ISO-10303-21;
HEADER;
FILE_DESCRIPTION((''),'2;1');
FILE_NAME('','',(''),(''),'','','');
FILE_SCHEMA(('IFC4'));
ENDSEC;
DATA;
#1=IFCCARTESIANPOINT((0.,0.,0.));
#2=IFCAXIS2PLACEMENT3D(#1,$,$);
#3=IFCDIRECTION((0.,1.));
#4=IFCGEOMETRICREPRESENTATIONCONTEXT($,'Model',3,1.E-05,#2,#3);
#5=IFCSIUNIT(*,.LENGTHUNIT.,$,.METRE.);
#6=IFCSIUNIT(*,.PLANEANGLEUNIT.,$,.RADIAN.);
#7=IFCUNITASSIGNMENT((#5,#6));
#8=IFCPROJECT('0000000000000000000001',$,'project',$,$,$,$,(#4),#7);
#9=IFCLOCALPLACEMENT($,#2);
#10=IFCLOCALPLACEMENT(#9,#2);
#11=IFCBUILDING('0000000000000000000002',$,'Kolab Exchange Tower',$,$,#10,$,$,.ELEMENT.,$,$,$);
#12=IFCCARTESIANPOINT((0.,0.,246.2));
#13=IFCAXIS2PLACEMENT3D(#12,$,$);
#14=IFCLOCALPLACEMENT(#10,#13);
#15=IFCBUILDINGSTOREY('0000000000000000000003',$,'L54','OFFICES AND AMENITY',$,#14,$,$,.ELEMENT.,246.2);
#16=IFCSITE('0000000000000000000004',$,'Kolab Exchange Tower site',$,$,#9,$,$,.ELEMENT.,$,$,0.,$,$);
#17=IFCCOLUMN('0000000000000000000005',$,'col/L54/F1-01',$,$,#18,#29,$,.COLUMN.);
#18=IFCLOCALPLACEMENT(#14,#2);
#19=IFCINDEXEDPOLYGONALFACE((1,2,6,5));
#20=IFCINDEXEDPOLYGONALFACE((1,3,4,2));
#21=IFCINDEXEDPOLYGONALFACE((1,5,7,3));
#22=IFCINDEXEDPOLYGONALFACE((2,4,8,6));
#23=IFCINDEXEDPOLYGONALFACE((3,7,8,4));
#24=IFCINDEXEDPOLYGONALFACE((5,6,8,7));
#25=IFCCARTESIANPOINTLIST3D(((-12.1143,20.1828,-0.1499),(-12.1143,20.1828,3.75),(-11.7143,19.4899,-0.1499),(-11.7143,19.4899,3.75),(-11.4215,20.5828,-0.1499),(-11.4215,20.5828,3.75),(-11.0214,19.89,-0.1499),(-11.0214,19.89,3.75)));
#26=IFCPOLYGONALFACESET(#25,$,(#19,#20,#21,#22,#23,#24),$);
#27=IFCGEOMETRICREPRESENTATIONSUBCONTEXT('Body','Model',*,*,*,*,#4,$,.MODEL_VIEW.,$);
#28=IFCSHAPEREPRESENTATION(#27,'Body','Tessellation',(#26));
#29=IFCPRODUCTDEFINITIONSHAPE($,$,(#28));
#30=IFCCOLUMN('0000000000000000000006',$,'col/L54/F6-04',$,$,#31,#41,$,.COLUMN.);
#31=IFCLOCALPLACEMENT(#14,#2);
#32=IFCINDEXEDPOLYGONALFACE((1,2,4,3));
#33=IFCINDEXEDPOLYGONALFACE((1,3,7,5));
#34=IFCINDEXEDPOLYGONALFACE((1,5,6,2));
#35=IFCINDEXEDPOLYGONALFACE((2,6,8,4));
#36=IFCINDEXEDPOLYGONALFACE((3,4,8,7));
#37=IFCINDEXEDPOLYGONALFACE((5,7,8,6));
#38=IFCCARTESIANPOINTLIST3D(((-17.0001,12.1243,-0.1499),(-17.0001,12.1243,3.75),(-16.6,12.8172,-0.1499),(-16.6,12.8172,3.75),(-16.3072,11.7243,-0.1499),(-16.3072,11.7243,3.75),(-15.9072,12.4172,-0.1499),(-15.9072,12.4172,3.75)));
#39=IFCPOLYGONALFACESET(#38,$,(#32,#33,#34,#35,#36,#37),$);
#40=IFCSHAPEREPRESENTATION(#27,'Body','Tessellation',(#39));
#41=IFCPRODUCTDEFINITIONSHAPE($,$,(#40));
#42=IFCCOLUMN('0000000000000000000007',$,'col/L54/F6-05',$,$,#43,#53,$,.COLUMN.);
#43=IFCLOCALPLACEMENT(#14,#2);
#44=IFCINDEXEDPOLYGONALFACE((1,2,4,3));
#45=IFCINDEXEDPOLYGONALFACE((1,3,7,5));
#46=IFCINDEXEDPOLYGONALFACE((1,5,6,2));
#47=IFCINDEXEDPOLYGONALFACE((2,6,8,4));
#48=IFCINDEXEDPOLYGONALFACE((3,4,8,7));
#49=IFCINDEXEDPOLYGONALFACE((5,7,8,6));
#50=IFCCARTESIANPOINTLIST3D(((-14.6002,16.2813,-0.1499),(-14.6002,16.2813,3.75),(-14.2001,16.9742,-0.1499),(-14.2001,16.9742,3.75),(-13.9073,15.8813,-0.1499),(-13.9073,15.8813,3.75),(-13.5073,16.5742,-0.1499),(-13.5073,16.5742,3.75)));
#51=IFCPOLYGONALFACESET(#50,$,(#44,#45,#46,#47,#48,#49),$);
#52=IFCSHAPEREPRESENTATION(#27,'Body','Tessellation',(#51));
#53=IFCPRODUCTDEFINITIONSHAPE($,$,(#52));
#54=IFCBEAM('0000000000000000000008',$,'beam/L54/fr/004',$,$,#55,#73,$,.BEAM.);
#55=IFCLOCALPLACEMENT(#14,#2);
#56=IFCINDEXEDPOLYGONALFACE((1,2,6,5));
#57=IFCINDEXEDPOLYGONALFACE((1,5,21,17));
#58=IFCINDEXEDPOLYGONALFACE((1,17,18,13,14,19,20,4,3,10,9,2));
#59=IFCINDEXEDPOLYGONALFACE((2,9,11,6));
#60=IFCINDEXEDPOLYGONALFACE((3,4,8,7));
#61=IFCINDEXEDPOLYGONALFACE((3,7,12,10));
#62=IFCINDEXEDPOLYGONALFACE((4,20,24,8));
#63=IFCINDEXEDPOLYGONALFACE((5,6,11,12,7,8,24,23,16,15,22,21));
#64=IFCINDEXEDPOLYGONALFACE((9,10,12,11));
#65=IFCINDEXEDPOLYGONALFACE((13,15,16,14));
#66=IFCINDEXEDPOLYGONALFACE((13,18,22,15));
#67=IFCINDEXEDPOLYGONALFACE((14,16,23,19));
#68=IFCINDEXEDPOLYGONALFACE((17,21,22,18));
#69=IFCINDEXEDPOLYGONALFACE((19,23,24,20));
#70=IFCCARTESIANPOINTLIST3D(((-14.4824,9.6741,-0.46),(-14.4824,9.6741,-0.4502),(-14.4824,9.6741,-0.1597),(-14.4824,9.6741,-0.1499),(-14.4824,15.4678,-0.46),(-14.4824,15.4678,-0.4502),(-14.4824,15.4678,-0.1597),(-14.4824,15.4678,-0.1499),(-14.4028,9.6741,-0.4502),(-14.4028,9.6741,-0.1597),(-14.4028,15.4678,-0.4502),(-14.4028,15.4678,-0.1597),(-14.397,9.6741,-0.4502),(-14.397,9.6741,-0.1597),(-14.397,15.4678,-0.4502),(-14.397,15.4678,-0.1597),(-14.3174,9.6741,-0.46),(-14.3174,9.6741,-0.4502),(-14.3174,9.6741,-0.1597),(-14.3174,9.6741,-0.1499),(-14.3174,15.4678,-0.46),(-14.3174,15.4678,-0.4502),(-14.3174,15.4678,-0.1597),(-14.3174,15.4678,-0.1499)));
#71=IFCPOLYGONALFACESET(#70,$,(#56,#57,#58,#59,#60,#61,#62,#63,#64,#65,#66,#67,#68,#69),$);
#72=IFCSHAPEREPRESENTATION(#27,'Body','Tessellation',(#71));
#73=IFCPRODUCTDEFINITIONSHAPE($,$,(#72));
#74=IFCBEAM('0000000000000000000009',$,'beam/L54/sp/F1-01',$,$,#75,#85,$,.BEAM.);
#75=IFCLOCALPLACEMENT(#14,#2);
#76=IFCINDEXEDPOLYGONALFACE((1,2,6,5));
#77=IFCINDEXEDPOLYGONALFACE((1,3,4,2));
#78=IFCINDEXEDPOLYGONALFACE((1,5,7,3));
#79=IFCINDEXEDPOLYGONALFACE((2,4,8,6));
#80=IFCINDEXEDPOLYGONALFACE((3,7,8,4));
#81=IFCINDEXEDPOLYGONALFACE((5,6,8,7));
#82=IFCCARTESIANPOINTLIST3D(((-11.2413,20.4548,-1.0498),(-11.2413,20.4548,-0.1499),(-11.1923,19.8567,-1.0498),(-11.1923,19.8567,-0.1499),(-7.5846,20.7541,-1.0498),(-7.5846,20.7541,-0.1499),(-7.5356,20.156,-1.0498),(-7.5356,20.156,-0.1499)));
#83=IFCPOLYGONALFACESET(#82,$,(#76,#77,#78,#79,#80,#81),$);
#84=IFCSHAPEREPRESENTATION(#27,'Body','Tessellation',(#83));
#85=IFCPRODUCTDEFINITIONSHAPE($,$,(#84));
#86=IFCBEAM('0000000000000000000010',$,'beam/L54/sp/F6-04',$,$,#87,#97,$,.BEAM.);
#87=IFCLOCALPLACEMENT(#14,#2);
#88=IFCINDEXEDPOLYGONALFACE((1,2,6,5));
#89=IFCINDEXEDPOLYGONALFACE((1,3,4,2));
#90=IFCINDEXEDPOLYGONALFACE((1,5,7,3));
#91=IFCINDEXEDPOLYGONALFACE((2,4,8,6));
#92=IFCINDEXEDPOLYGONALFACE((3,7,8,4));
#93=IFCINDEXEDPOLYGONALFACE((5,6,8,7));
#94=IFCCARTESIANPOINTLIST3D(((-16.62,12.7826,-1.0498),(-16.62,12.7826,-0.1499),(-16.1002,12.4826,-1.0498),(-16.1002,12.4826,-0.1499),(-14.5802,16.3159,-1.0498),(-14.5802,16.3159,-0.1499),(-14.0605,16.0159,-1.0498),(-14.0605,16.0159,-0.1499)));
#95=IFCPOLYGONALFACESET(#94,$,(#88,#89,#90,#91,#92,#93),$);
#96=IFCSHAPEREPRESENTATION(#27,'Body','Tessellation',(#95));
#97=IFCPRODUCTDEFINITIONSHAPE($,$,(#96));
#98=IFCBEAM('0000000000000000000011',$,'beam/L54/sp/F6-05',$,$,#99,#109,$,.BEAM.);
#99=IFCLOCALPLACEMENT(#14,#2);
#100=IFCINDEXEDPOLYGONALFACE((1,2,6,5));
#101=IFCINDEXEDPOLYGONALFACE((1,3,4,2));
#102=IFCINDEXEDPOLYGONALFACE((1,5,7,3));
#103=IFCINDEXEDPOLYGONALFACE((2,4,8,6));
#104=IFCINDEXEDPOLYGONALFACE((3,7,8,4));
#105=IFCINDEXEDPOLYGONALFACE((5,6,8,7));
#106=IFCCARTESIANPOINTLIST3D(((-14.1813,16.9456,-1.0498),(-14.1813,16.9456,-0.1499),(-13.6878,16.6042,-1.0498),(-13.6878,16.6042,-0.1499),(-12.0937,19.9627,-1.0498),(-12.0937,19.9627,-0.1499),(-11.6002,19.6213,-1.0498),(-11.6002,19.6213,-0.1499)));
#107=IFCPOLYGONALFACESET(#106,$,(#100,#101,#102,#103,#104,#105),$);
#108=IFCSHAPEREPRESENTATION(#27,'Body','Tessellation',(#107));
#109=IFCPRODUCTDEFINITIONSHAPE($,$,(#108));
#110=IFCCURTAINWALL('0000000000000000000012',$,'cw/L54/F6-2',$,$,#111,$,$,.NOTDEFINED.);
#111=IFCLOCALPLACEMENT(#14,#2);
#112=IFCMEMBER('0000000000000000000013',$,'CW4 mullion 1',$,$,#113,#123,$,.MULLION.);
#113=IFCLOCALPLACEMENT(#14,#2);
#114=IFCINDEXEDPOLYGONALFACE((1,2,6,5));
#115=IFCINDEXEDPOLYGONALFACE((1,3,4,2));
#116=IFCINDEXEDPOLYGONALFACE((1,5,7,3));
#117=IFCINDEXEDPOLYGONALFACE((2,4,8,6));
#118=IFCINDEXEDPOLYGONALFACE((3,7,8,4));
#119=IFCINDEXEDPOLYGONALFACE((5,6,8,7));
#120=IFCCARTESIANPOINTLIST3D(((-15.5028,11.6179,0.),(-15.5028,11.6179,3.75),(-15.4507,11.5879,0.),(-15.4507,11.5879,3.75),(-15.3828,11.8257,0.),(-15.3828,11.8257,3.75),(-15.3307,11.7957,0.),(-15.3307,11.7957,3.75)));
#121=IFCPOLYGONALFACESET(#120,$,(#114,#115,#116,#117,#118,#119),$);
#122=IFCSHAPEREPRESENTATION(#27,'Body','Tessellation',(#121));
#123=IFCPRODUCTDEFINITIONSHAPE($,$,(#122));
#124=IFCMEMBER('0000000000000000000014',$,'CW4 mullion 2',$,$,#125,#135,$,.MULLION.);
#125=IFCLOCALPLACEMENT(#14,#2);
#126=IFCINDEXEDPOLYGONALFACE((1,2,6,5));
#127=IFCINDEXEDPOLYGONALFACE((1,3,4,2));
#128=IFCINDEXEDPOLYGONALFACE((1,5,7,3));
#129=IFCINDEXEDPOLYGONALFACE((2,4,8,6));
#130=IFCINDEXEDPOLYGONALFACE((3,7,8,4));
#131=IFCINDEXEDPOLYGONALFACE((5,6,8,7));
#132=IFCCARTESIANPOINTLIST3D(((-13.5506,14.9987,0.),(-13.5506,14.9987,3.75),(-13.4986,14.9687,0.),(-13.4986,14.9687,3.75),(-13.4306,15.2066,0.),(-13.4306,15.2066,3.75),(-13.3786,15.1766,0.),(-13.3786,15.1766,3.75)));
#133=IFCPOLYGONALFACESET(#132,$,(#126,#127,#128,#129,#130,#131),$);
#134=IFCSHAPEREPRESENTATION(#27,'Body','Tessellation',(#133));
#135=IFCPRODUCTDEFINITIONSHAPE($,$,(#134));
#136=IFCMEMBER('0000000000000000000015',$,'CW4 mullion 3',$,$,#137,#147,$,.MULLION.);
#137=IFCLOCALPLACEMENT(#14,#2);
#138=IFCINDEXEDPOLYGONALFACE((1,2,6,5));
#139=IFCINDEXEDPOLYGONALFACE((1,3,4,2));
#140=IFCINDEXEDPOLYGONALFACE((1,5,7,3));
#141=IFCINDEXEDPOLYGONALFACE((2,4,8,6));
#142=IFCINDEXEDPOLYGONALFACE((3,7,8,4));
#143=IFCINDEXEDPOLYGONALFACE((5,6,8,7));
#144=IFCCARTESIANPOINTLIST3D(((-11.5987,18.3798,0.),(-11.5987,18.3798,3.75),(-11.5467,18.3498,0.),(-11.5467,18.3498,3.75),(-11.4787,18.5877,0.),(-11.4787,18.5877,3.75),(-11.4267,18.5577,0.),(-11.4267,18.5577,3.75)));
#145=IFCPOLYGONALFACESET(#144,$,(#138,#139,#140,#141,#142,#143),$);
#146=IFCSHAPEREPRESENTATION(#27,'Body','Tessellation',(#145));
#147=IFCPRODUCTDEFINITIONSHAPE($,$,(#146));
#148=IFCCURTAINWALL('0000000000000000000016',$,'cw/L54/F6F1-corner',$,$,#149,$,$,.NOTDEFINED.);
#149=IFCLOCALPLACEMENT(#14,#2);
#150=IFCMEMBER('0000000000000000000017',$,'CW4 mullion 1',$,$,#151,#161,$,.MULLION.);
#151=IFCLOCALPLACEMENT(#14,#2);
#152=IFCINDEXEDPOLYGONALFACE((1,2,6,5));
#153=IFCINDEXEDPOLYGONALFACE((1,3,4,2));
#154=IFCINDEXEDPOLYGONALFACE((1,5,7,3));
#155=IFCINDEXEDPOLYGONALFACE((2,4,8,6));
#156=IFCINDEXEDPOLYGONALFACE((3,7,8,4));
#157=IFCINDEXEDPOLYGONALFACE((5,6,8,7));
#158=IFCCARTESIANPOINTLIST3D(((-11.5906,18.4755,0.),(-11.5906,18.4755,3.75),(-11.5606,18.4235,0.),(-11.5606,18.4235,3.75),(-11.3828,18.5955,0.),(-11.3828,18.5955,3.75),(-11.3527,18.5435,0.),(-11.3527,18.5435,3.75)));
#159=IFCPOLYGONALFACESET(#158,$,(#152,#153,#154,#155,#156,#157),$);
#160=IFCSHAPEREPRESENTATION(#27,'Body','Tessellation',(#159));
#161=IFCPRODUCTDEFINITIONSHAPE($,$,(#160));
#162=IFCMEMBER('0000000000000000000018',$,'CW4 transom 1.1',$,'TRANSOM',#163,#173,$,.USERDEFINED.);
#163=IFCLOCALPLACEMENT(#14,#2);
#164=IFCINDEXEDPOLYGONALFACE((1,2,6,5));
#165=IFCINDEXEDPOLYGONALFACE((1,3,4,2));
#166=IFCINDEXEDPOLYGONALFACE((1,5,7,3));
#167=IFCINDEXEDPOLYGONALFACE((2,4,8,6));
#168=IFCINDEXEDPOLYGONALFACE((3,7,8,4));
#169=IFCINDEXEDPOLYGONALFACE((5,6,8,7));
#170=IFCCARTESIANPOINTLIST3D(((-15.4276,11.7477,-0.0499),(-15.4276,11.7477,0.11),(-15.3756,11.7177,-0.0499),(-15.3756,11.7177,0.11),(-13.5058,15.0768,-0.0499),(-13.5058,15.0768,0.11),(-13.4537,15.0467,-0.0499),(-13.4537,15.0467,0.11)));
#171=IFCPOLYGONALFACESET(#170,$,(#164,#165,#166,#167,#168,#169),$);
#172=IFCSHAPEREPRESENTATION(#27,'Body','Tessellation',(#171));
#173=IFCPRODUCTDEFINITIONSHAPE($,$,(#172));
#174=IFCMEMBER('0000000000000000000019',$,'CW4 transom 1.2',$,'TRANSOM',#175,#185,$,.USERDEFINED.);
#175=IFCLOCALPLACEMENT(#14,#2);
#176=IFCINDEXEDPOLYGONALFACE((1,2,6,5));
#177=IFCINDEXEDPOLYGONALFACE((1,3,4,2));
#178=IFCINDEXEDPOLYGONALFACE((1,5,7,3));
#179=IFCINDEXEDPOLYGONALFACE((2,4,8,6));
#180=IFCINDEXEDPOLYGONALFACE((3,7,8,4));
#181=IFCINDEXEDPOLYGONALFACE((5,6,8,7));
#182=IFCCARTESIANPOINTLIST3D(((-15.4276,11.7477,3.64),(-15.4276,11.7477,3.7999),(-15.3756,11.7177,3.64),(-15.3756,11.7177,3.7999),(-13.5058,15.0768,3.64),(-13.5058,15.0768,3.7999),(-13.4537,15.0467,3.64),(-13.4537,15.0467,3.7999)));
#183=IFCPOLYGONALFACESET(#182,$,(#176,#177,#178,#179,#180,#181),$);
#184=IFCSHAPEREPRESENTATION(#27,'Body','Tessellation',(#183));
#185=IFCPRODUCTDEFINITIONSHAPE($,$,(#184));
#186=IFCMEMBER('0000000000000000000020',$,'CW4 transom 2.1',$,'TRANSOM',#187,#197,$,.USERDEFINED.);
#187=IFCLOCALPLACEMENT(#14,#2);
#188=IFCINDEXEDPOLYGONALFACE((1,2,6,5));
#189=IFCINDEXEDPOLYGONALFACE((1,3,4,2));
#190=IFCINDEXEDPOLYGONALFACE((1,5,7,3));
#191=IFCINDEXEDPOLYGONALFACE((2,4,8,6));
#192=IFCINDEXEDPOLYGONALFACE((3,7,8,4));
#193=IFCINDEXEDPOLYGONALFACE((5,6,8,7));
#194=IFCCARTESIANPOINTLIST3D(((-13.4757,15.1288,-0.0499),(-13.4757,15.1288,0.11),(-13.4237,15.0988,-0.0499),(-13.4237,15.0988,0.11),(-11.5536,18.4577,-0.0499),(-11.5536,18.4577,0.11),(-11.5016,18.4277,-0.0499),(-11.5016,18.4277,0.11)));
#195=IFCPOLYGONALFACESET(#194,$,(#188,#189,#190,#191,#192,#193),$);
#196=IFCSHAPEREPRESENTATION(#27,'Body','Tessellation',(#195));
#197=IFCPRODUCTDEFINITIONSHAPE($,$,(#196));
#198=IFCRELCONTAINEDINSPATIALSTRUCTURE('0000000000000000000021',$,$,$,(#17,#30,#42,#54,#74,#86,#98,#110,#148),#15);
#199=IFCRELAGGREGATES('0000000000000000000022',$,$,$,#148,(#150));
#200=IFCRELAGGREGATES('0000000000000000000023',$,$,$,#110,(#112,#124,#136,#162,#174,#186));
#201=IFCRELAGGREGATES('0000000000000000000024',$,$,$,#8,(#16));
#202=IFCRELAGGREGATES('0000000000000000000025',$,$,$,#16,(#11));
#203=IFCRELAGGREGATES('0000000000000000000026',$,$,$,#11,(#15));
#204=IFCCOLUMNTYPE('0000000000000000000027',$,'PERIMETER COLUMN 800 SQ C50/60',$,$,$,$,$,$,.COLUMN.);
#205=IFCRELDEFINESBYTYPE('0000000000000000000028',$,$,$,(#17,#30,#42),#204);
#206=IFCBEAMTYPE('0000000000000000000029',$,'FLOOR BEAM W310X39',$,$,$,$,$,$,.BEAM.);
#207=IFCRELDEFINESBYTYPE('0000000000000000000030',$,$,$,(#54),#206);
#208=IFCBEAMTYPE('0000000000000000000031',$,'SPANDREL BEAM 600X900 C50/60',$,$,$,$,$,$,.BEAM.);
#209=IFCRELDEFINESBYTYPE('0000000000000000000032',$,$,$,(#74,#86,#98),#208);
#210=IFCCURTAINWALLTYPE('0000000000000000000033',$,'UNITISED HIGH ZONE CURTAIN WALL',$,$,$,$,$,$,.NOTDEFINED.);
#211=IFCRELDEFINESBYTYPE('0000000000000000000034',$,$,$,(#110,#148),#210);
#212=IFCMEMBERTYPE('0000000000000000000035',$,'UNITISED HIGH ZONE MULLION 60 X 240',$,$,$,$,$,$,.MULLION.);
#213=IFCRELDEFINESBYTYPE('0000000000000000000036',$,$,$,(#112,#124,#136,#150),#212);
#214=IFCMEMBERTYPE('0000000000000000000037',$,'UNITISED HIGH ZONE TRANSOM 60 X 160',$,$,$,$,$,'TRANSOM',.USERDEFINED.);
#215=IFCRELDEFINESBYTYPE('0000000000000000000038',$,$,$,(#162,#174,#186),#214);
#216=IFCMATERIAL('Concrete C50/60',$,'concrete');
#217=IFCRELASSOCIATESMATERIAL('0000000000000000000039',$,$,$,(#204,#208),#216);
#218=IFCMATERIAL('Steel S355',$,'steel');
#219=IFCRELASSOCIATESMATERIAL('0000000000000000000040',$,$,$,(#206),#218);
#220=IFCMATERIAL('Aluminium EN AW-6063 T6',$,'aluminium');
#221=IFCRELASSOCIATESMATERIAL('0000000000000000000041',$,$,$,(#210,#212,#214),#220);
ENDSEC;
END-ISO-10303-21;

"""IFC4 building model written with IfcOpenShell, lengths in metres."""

from ifc_helpers import new_model, si_unit, direction, frame, origin, origin_2d, place, context, subcontext, project, spatial, rectangle, i_section, extrude, material, material_profile, profile_set, type_object, element, aggregate, save


model = new_model("IFC4")

# Units and contexts
model_context = context("Model", 3, precision=1e-05, world=origin(), true_north=direction((0.0, 1.0)))
body_context = subcontext(model_context, "Body", "Model", "MODEL_VIEW")
ifc_project = project(units=[si_unit("LENGTHUNIT", "METRE"), si_unit("PLANEANGLEUNIT", "RADIAN")], contexts=[model_context])

# Site, building, storey
site_placement = place(None, origin())
site = spatial("IfcSite", under=ifc_project, at=site_placement, Name="Kolab Exchange Tower site", CompositionType="ELEMENT", RefElevation=0.0)
building_placement = place(site_placement, origin())
building = spatial("IfcBuilding", under=site, at=building_placement, Name="Kolab Exchange Tower", CompositionType="ELEMENT")
storey_placement = place(building_placement, frame((0.0, 0.0, 246.2)))
storey = spatial("IfcBuildingStorey", under=building, at=storey_placement, Name="L54", Description="OFFICES AND AMENITY", CompositionType="ELEMENT", Elevation=246.2)

# Columns
ifc_material_1 = material(Name="Concrete C50/60", Category="concrete")
ifc_material_profile_1 = material_profile(ifc_material_1, rectangle(XDim=0.8, YDim=0.8, at=origin_2d()), Name="RC800")
ifc_profile_set_1 = profile_set([ifc_material_profile_1], Name="Concrete C50/60")
column_type = type_object("IfcColumnType", Name="PERIMETER COLUMN 800 SQ C50/60", PredefinedType="COLUMN", material=ifc_profile_set_1)
for number, where, z_axis, x_axis, name in (
    (1, (-11.5679, 20.0364, -0.1499), (0.0, 0.0, 1.0), (0.866025, 0.5, 0.0), "col/L54/F1-01"),
    (2, (-16.4536, 12.2708, -0.1499), (0.0, 0.0, 1.0), (0.5, 0.866025, 0.0), "col/L54/F6-04"),
    (3, (-14.0537, 16.4277, -0.1499), (0.0, 0.0, 1.0), (0.5, 0.866025, 0.0), "col/L54/F6-05"),
):
    element("IfcColumn", number, at=place(storey_placement, frame(where, z_axis=z_axis, x_axis=x_axis)), inside=storey, type_object=column_type, Name=name, PredefinedType="COLUMN", context=body_context, shape_type="SweptSolid", body=[
        extrude(rectangle(XDim=0.8, YDim=0.8, at=origin_2d()), origin(), (0.0, 0.0, 1.0), 3.8999),
    ])

# Beams
ifc_material_2 = material(Name="Steel S355", Category="steel")
ifc_material_profile_2 = material_profile(ifc_material_2, i_section(OverallWidth=0.165, OverallDepth=0.3101, WebThickness=0.0059, FlangeThickness=0.0098, at=origin_2d()), Name="W310X39")
ifc_profile_set_2 = profile_set([ifc_material_profile_2], Name="Steel S355")
beam_type_1 = type_object("IfcBeamType", Name="FLOOR BEAM W310X39", PredefinedType="BEAM", material=ifc_profile_set_2)
beam_1_placement = place(storey_placement, frame((-14.3999, 9.6741, -0.3049), z_axis=(0.0, 1.0, 0.0), x_axis=(-1.0, 0.0, 0.0)))
element("IfcBeam", 4, at=beam_1_placement, inside=storey, type_object=beam_type_1, Name="beam/L54/fr/004", PredefinedType="BEAM", context=body_context, shape_type="SweptSolid", body=[
    extrude(i_section(OverallWidth=0.165, OverallDepth=0.3101, WebThickness=0.0059, FlangeThickness=0.0098, at=origin_2d()), origin(), (0.0, 0.0, 1.0), 5.7937),
])
ifc_material_profile_3 = material_profile(ifc_material_1, rectangle(XDim=0.6001, YDim=0.8999, at=origin_2d()), Name="RC600X900")
ifc_profile_set_3 = profile_set([ifc_material_profile_3], Name="Concrete C50/60")
beam_type_2 = type_object("IfcBeamType", Name="SPANDREL BEAM 600X900 C50/60", PredefinedType="BEAM", material=ifc_profile_set_3)
beam_2_placement = place(storey_placement, frame((-11.2168, 20.1558, -0.5999), z_axis=(0.996667, 0.081581, 0.0), x_axis=(-0.081581, 0.996667, 0.0)))
element("IfcBeam", 5, at=beam_2_placement, inside=storey, type_object=beam_type_2, Name="beam/L54/sp/F1-01", PredefinedType="BEAM", context=body_context, shape_type="SweptSolid", body=[
    extrude(rectangle(XDim=0.6001, YDim=0.8999, at=origin_2d()), origin(), (0.0, 0.0, 1.0), 3.6689),
])
beam_3_placement = place(storey_placement, frame((-16.3601, 12.6326, -0.5999), z_axis=(0.499956, 0.866051, 0.0), x_axis=(-0.866051, 0.499956, 0.0)))
element("IfcBeam", 6, at=beam_3_placement, inside=storey, type_object=beam_type_2, Name="beam/L54/sp/F6-04", PredefinedType="BEAM", context=body_context, shape_type="SweptSolid", body=[
    extrude(rectangle(XDim=0.6001, YDim=0.8999, at=origin_2d()), origin(), (0.0, 0.0, 1.0), 4.0798),
])
beam_4_placement = place(storey_placement, frame((-13.9346, 16.7749, -0.5999), z_axis=(0.569006, 0.822334, 0.0), x_axis=(-0.822334, 0.569006, 0.0)))
element("IfcBeam", 7, at=beam_4_placement, inside=storey, type_object=beam_type_2, Name="beam/L54/sp/F6-05", PredefinedType="BEAM", context=body_context, shape_type="SweptSolid", body=[
    extrude(rectangle(XDim=0.6001, YDim=0.8999, at=origin_2d()), origin(), (0.0, 0.0, 1.0), 3.6689),
])

# Curtain wall, members
ifc_material_3 = material(Name="Aluminium EN AW-6063 T6", Category="aluminium")
curtain_wall_type = type_object("IfcCurtainWallType", Name="UNITISED HIGH ZONE CURTAIN WALL", PredefinedType="NOTDEFINED", material=ifc_material_3)
curtain_wall_1_placement = place(storey_placement, origin())
curtain_wall_1 = element("IfcCurtainWall", 8, at=curtain_wall_1_placement, inside=storey, type_object=curtain_wall_type, Name="cw/L54/F6-2", PredefinedType="NOTDEFINED")
ifc_material_profile_4 = material_profile(ifc_material_3, rectangle(XDim=0.0601, YDim=0.24, at=origin_2d()), Name="RECT 60X240")
ifc_profile_set_4 = profile_set([ifc_material_profile_4], Name="Aluminium EN AW-6063 T6")
member_type_1 = type_object("IfcMemberType", Name="UNITISED HIGH ZONE MULLION 60 X 240", PredefinedType="MULLION", material=ifc_profile_set_4)
member_1_placement = place(storey_placement, frame((-15.4167, 11.7068, 0.0), z_axis=(0.0, 0.0, 1.0), x_axis=(-0.866025, 0.5, 0.0)))
member_1 = element("IfcMember", 9, at=member_1_placement, type_object=member_type_1, Name="CW4 mullion 1", PredefinedType="MULLION", context=body_context, shape_type="SweptSolid", body=[
    extrude(rectangle(XDim=0.0601, YDim=0.24, at=origin_2d()), origin(), (0.0, 0.0, 1.0), 3.75),
])
member_2_placement = place(storey_placement, frame((-13.4646, 15.0876, 0.0), z_axis=(0.0, 0.0, 1.0), x_axis=(-0.866025, 0.5, 0.0)))
member_2 = element("IfcMember", 10, at=member_2_placement, type_object=member_type_1, Name="CW4 mullion 2", PredefinedType="MULLION", context=body_context, shape_type="SweptSolid", body=[
    extrude(rectangle(XDim=0.0601, YDim=0.24, at=origin_2d()), origin(), (0.0, 0.0, 1.0), 3.75),
])
member_3_placement = place(storey_placement, frame((-11.5127, 18.4688, 0.0), z_axis=(0.0, 0.0, 1.0), x_axis=(-0.866025, 0.5, 0.0)))
member_3 = element("IfcMember", 11, at=member_3_placement, type_object=member_type_1, Name="CW4 mullion 3", PredefinedType="MULLION", context=body_context, shape_type="SweptSolid", body=[
    extrude(rectangle(XDim=0.0601, YDim=0.24, at=origin_2d()), origin(), (0.0, 0.0, 1.0), 3.75),
])

# Curtain wall, member
curtain_wall_2_placement = place(storey_placement, origin())
curtain_wall_2 = element("IfcCurtainWall", 12, at=curtain_wall_2_placement, inside=storey, type_object=curtain_wall_type, Name="cw/L54/F6F1-corner", PredefinedType="NOTDEFINED")
member_4_placement = place(storey_placement, frame((-11.4717, 18.5095, 0.0), z_axis=(0.0, 0.0, 1.0), x_axis=(-0.5, 0.866025, 0.0)))
member_4 = element("IfcMember", 13, at=member_4_placement, type_object=member_type_1, Name="CW4 mullion 1", PredefinedType="MULLION", context=body_context, shape_type="SweptSolid", body=[
    extrude(rectangle(XDim=0.0601, YDim=0.24, at=origin_2d()), origin(), (0.0, 0.0, 1.0), 3.75),
])

# Members
ifc_material_profile_5 = material_profile(ifc_material_3, rectangle(XDim=0.0601, YDim=0.1599, at=origin_2d()), Name="RECT 60X160")
ifc_profile_set_5 = profile_set([ifc_material_profile_5], Name="Aluminium EN AW-6063 T6")
member_type_2 = type_object("IfcMemberType", Name="UNITISED HIGH ZONE TRANSOM 60 X 160", ElementType="TRANSOM", PredefinedType="USERDEFINED", material=ifc_profile_set_5)
member_5_placement = place(storey_placement, frame((-15.4016, 11.7327, 0.03), z_axis=(0.499964, 0.866046, 0.0), x_axis=(-0.866046, 0.499964, 0.0)))
member_5 = element("IfcMember", 14, at=member_5_placement, type_object=member_type_2, Name="CW4 transom 1.1", ObjectType="TRANSOM", PredefinedType="USERDEFINED", context=body_context, shape_type="SweptSolid", body=[
    extrude(rectangle(XDim=0.0601, YDim=0.1599, at=origin_2d()), origin(), (0.0, 0.0, 1.0), 3.844),
])
member_6_placement = place(storey_placement, frame((-15.4016, 11.7327, 3.72), z_axis=(0.499964, 0.866046, 0.0), x_axis=(-0.866046, 0.499964, 0.0)))
member_6 = element("IfcMember", 15, at=member_6_placement, type_object=member_type_2, Name="CW4 transom 1.2", ObjectType="TRANSOM", PredefinedType="USERDEFINED", context=body_context, shape_type="SweptSolid", body=[
    extrude(rectangle(XDim=0.0601, YDim=0.1599, at=origin_2d()), origin(), (0.0, 0.0, 1.0), 3.844),
])
member_7_placement = place(storey_placement, frame((-13.4497, 15.1138, 0.03), z_axis=(0.500039, 0.866003, 0.0), x_axis=(-0.866003, 0.500039, 0.0)))
member_7 = element("IfcMember", 16, at=member_7_placement, type_object=member_type_2, Name="CW4 transom 2.1", ObjectType="TRANSOM", PredefinedType="USERDEFINED", context=body_context, shape_type="SweptSolid", body=[
    extrude(rectangle(XDim=0.0601, YDim=0.1599, at=origin_2d()), origin(), (0.0, 0.0, 1.0), 3.844),
])
aggregate(curtain_wall_2, [member_4])

aggregate(curtain_wall_1, [member_1, member_2, member_3, member_5, member_6, member_7])

save(model, "model.ifc")
